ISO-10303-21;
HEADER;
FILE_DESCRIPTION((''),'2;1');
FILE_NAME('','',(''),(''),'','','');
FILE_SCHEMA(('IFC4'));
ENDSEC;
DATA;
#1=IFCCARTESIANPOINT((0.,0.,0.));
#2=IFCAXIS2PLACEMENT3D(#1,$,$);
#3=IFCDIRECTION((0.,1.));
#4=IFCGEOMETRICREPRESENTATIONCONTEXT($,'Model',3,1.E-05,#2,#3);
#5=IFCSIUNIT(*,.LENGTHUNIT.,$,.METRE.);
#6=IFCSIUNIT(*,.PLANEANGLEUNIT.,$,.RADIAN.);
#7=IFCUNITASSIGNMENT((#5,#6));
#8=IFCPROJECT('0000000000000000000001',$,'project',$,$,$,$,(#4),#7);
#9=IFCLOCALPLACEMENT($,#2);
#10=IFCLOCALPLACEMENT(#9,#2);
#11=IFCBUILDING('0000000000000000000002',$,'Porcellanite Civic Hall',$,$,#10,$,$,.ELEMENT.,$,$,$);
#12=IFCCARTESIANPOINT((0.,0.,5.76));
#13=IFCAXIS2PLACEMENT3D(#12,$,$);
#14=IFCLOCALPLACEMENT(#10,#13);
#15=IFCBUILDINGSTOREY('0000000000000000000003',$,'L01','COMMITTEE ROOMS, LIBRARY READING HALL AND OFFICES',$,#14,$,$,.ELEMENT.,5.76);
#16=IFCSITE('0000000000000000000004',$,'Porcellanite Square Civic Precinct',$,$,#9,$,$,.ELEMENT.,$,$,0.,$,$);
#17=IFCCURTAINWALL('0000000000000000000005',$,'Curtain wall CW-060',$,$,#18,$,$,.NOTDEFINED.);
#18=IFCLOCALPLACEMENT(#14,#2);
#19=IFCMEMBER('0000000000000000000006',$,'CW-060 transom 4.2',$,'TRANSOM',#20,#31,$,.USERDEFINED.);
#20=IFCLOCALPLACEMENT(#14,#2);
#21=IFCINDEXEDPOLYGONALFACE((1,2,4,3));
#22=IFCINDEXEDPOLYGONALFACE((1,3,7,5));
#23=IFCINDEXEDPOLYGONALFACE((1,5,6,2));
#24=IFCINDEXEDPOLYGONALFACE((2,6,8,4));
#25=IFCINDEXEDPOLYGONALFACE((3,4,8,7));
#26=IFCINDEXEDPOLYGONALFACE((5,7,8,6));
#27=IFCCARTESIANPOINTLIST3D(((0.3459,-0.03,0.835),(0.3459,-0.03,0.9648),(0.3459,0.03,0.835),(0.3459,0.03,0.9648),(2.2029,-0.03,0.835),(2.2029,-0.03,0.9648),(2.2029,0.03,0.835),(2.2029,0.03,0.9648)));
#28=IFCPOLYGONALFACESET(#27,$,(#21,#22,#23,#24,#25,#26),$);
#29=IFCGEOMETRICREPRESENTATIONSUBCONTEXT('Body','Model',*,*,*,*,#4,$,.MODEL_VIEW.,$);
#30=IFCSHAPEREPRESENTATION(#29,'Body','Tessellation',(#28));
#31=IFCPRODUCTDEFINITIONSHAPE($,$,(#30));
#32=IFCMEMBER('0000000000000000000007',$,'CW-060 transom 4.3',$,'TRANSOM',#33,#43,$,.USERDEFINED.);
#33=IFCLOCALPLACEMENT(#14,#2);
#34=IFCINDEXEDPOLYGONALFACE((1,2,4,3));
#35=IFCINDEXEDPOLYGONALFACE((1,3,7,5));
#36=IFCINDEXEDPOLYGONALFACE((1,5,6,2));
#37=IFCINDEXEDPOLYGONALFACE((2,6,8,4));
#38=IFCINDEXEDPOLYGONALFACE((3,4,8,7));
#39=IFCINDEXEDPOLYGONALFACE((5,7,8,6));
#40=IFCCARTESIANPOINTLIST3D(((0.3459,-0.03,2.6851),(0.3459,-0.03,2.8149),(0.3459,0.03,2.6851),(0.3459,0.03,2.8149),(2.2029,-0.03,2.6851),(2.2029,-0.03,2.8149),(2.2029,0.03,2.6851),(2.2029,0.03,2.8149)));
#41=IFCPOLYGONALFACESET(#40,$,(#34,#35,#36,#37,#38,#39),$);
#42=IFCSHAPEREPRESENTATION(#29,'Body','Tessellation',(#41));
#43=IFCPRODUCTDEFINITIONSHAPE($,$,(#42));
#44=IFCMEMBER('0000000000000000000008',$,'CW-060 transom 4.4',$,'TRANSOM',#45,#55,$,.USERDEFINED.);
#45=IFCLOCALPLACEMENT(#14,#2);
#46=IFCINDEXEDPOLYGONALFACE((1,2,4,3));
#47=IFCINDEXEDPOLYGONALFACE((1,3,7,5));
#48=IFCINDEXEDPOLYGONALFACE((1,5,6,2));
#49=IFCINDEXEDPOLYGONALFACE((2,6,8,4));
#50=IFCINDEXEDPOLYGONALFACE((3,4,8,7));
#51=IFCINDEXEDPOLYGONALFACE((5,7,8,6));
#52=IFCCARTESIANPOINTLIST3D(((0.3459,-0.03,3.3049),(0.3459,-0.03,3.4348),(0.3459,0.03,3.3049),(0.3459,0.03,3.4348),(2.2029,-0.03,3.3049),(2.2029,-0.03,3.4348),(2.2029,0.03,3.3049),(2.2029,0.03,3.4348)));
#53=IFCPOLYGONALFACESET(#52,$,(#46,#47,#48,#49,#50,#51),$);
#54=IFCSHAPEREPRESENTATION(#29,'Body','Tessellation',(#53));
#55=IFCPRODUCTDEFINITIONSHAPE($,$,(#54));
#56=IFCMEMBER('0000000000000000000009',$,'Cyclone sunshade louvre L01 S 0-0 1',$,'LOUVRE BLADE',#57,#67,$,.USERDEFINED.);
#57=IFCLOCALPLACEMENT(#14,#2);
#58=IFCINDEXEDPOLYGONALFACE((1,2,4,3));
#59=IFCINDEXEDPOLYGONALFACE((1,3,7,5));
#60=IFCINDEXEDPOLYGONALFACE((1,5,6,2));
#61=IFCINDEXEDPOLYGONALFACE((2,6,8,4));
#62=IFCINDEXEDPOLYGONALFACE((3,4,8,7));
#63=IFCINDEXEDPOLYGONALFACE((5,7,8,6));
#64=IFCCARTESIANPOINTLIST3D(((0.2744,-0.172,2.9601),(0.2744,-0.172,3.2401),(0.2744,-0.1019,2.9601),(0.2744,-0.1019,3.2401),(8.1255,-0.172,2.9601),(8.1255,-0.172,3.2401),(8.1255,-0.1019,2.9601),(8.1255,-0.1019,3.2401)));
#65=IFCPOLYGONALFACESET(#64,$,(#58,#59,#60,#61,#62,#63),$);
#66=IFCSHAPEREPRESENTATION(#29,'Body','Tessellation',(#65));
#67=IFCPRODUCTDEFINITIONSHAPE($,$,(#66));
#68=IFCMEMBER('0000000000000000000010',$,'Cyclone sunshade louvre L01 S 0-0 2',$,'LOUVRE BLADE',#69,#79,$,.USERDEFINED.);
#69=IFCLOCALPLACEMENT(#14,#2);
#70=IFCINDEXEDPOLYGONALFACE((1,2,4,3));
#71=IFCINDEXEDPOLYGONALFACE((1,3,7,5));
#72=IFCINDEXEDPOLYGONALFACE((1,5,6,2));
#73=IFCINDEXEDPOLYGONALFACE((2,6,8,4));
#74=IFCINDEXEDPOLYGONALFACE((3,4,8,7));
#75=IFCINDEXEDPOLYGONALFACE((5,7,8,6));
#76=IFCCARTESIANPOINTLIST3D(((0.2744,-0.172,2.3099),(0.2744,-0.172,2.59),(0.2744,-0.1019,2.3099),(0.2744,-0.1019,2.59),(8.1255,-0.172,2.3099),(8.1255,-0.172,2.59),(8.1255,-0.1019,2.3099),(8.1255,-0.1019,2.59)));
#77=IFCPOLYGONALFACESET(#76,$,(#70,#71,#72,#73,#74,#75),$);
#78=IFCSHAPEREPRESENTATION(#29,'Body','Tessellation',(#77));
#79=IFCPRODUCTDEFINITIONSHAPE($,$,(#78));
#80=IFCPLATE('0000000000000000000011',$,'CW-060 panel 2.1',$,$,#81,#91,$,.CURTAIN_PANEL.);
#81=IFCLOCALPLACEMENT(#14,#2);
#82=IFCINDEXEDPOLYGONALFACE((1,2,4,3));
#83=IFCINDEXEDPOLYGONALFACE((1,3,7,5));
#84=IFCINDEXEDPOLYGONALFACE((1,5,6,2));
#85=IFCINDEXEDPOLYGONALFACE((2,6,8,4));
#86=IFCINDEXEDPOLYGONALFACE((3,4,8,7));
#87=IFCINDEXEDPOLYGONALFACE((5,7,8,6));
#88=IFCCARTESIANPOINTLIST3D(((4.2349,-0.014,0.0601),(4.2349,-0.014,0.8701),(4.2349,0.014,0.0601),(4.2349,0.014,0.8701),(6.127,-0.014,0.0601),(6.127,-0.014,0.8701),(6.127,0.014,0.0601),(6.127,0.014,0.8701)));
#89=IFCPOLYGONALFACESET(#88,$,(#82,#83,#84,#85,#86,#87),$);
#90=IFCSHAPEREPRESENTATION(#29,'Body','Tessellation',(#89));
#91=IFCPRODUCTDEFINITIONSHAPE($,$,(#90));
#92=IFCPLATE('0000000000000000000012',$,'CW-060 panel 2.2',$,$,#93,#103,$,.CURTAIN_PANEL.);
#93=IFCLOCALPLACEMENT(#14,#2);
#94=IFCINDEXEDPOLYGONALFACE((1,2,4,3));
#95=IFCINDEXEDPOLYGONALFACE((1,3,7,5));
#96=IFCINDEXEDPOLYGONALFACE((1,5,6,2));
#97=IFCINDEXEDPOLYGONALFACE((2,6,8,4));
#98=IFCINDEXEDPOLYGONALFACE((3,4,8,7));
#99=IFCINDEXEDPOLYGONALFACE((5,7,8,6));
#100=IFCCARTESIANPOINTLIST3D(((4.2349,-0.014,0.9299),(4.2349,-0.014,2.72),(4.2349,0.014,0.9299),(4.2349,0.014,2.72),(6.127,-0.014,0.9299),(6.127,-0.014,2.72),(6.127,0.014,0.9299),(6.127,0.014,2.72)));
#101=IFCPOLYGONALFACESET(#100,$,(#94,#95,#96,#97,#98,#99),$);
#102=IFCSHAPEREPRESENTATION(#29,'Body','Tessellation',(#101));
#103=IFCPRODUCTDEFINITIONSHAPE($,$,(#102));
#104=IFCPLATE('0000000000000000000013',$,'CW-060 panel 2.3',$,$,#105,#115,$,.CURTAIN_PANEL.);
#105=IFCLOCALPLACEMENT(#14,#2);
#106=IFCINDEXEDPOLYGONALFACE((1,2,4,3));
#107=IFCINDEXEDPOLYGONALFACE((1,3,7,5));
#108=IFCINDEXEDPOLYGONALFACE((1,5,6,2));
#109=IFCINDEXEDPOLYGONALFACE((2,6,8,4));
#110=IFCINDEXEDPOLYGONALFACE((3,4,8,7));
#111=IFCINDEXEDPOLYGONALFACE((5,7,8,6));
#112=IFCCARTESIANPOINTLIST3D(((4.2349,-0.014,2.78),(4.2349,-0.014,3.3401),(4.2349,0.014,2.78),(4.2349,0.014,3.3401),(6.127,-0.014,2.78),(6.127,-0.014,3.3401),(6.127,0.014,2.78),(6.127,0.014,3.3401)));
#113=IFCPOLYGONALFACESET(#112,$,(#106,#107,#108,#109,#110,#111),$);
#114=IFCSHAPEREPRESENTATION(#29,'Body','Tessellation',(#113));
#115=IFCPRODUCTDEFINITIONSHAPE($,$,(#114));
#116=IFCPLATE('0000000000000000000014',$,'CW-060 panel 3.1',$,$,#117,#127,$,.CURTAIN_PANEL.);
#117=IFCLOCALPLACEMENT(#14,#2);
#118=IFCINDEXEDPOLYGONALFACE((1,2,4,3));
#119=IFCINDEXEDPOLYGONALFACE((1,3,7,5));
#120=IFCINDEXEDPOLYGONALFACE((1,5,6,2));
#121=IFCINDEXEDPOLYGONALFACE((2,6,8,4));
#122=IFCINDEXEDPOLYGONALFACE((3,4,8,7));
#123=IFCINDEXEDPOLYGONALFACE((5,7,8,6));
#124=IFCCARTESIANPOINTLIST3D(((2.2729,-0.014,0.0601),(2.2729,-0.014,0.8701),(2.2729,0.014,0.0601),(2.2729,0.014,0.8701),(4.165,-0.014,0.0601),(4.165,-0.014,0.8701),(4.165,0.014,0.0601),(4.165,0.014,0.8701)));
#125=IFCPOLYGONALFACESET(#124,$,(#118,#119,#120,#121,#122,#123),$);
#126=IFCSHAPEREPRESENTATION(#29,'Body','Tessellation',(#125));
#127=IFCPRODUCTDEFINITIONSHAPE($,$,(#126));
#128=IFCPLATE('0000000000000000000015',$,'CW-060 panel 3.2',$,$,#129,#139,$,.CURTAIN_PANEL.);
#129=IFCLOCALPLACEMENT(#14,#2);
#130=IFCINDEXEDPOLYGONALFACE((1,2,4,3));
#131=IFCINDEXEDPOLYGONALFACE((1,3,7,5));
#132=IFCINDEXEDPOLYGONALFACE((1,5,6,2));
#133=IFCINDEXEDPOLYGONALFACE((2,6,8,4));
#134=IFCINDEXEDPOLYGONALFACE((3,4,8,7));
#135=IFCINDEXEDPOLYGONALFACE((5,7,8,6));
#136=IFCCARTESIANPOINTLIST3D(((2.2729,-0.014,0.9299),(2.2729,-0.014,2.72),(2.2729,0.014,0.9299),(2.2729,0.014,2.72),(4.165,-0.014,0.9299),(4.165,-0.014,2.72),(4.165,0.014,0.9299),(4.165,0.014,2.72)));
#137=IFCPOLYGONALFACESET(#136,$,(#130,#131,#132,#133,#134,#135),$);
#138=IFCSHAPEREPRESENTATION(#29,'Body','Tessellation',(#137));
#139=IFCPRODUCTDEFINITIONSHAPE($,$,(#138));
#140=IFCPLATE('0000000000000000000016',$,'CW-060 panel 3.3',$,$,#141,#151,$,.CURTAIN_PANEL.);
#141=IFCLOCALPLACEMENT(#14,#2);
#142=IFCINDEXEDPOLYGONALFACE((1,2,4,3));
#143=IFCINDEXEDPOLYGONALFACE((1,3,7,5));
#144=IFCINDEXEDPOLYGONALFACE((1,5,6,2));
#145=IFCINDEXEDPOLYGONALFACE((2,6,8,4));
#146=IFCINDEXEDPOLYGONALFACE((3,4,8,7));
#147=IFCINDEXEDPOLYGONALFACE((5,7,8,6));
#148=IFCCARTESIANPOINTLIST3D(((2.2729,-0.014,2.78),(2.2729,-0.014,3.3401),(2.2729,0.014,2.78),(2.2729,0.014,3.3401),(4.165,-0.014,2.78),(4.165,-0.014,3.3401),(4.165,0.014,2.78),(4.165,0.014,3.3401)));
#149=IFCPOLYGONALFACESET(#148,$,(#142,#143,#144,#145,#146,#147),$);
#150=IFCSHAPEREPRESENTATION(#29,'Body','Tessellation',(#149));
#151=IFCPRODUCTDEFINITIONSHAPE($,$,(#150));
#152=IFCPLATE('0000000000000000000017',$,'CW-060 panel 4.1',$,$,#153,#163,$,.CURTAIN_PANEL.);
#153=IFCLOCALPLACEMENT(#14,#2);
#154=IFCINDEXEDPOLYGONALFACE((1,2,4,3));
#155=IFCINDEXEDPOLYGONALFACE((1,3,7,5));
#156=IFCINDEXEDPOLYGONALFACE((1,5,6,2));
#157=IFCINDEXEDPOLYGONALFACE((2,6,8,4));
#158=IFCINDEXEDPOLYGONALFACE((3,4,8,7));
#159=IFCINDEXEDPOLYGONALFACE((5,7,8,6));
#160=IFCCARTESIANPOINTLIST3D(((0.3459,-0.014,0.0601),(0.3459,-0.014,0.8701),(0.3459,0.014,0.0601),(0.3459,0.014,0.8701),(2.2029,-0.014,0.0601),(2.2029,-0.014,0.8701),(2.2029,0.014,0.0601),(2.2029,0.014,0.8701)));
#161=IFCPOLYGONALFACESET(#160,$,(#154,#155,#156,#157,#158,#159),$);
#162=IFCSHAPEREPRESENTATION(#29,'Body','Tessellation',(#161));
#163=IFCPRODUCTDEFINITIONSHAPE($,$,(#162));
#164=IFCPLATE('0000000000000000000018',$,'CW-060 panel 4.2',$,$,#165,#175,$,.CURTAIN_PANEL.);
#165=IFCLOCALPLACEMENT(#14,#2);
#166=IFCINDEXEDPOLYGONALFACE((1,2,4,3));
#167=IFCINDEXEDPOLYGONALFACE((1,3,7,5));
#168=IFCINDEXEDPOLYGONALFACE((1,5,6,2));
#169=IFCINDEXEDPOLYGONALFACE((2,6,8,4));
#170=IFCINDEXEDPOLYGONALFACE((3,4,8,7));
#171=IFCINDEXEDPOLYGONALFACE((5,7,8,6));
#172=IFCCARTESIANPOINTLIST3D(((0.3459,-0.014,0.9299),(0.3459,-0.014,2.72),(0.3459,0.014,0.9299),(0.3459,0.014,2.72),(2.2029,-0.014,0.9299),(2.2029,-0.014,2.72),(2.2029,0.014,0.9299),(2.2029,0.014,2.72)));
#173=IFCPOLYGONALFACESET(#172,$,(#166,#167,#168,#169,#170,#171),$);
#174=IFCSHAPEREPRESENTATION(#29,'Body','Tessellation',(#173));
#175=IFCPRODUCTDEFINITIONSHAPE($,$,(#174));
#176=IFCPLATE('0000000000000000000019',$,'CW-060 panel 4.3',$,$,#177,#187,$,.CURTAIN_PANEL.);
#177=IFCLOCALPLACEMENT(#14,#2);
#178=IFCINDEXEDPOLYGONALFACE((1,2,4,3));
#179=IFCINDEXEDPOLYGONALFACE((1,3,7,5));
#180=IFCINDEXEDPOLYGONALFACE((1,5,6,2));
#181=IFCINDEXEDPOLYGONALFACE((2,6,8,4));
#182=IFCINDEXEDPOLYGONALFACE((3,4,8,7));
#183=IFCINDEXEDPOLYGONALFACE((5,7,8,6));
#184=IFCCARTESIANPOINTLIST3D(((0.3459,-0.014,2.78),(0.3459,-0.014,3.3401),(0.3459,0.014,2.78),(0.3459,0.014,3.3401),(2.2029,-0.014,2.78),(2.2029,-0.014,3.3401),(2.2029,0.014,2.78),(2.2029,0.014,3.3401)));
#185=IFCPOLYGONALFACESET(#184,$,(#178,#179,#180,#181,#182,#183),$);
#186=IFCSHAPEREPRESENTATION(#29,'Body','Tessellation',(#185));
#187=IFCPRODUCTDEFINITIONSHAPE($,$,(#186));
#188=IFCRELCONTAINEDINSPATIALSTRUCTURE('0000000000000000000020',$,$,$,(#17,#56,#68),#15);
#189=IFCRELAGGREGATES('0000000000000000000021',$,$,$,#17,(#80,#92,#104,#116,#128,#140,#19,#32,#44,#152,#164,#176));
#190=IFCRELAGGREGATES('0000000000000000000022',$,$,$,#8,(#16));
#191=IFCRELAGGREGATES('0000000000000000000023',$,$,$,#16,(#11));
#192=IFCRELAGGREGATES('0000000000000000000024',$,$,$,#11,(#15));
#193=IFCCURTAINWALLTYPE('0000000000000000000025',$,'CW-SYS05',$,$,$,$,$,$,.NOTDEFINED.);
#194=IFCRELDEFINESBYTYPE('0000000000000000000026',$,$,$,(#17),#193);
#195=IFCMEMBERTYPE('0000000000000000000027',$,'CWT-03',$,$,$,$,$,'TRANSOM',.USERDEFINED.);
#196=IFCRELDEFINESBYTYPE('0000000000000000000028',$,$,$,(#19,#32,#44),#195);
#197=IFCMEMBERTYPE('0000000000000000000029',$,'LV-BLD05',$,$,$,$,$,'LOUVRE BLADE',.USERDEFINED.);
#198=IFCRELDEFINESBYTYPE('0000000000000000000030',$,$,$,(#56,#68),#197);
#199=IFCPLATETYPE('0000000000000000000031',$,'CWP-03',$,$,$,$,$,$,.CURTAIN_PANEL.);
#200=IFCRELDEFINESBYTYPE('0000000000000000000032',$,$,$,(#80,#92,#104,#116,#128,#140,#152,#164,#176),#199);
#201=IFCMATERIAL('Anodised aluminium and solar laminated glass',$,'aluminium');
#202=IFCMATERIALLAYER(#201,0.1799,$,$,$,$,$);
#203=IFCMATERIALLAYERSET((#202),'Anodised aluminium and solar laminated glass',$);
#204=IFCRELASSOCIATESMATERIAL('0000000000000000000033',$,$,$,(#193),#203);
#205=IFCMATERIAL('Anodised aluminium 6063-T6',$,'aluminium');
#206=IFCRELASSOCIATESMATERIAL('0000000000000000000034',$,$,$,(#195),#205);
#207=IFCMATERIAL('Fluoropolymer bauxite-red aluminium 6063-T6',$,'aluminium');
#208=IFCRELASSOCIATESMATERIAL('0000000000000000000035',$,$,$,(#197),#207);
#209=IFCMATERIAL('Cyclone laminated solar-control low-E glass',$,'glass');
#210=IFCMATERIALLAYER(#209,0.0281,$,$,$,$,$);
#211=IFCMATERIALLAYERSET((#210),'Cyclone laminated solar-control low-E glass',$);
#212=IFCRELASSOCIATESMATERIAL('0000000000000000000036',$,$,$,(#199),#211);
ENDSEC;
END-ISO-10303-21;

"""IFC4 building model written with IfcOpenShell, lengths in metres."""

from ifc_helpers import new_model, si_unit, direction, frame, origin, origin_2d, place, context, subcontext, project, spatial, rectangle, extrude, material, layer, layer_set, material_profile, profile_set, type_object, element, aggregate, save


model = new_model("IFC4")

# Units and contexts
model_context = context("Model", 3, precision=1e-05, world=origin(), true_north=direction((0.0, 1.0)))
body_context = subcontext(model_context, "Body", "Model", "MODEL_VIEW")
ifc_project = project(units=[si_unit("LENGTHUNIT", "METRE"), si_unit("PLANEANGLEUNIT", "RADIAN")], contexts=[model_context])

# Site, building, storey
site_placement = place(None, origin())
site = spatial("IfcSite", under=ifc_project, at=site_placement, Name="Porcellanite Square Civic Precinct", CompositionType="ELEMENT", RefElevation=0.0)
building_placement = place(site_placement, origin())
building = spatial("IfcBuilding", under=site, at=building_placement, Name="Porcellanite Civic Hall", CompositionType="ELEMENT")
storey_placement = place(building_placement, frame((0.0, 0.0, 5.76)))
storey = spatial("IfcBuildingStorey", under=building, at=storey_placement, Name="L01", Description="COMMITTEE ROOMS, LIBRARY READING HALL AND OFFICES", CompositionType="ELEMENT", Elevation=5.76)

# Curtain wall, members
ifc_material_1 = material(Name="Anodised aluminium and solar laminated glass", Category="aluminium")
ifc_layer_1 = layer(ifc_material_1, 0.1799)
ifc_layer_set_1 = layer_set([ifc_layer_1], Name="Anodised aluminium and solar laminated glass")
curtain_wall_type = type_object("IfcCurtainWallType", Name="CW-SYS05", PredefinedType="NOTDEFINED", material=ifc_layer_set_1)
curtain_wall_placement = place(storey_placement, origin())
curtain_wall = element("IfcCurtainWall", 1, at=curtain_wall_placement, inside=storey, type_object=curtain_wall_type, Name="Curtain wall CW-060", PredefinedType="NOTDEFINED")
ifc_material_2 = material(Name="Anodised aluminium 6063-T6", Category="aluminium")
ifc_material_profile_1 = material_profile(ifc_material_2, rectangle(XDim=0.0601, YDim=0.1299, at=origin_2d()), Name="AL-60x130")
ifc_profile_set_1 = profile_set([ifc_material_profile_1], Name="Anodised aluminium 6063-T6")
member_type_1 = type_object("IfcMemberType", Name="CWT-03", ElementType="TRANSOM", PredefinedType="USERDEFINED", material=ifc_profile_set_1)
member_1_placement = place(storey_placement, frame((2.2029, 0.0, 0.8999), z_axis=(-1.0, 0.0, 0.0), x_axis=(0.0, -1.0, 0.0)))
member_1 = element("IfcMember", 2, at=member_1_placement, type_object=member_type_1, Name="CW-060 transom 4.2", ObjectType="TRANSOM", PredefinedType="USERDEFINED", context=body_context, shape_type="SweptSolid", body=[
    extrude(rectangle(XDim=0.0601, YDim=0.1299, at=origin_2d()), origin(), (0.0, 0.0, 1.0), 1.8569),
])
member_2_placement = place(storey_placement, frame((2.2029, 0.0, 2.75), z_axis=(-1.0, 0.0, 0.0), x_axis=(0.0, -1.0, 0.0)))
member_2 = element("IfcMember", 3, at=member_2_placement, type_object=member_type_1, Name="CW-060 transom 4.3", ObjectType="TRANSOM", PredefinedType="USERDEFINED", context=body_context, shape_type="SweptSolid", body=[
    extrude(rectangle(XDim=0.0601, YDim=0.1299, at=origin_2d()), origin(), (0.0, 0.0, 1.0), 1.8569),
])
member_3_placement = place(storey_placement, frame((2.2029, 0.0, 3.3699), z_axis=(-1.0, 0.0, 0.0), x_axis=(0.0, -1.0, 0.0)))
member_3 = element("IfcMember", 4, at=member_3_placement, type_object=member_type_1, Name="CW-060 transom 4.4", ObjectType="TRANSOM", PredefinedType="USERDEFINED", context=body_context, shape_type="SweptSolid", body=[
    extrude(rectangle(XDim=0.0601, YDim=0.1299, at=origin_2d()), origin(), (0.0, 0.0, 1.0), 1.8569),
])

# Members
ifc_material_3 = material(Name="Fluoropolymer bauxite-red aluminium 6063-T6", Category="aluminium")
ifc_material_profile_2 = material_profile(ifc_material_3, rectangle(XDim=0.0701, YDim=0.28, at=origin_2d()), Name="AL-70x280")
ifc_profile_set_2 = profile_set([ifc_material_profile_2], Name="Fluoropolymer bauxite-red aluminium 6063-T6")
member_type_2 = type_object("IfcMemberType", Name="LV-BLD05", ElementType="LOUVRE BLADE", PredefinedType="USERDEFINED", material=ifc_profile_set_2)
for number, where, z_axis, x_axis, name in (
    (5, (8.1255, -0.137, 3.1001), (-1.0, 0.0, 0.0), (0.0, -1.0, 0.0), "Cyclone sunshade louvre L01 S 0-0 1"),
    (6, (8.1255, -0.137, 2.45), (-1.0, 0.0, 0.0), (0.0, -1.0, 0.0), "Cyclone sunshade louvre L01 S 0-0 2"),
):
    element("IfcMember", number, at=place(storey_placement, frame(where, z_axis=z_axis, x_axis=x_axis)), inside=storey, type_object=member_type_2, Name=name, ObjectType="LOUVRE BLADE", PredefinedType="USERDEFINED", context=body_context, shape_type="SweptSolid", body=[
        extrude(rectangle(XDim=0.0701, YDim=0.28, at=origin_2d()), origin(), (0.0, 0.0, 1.0), 7.8511),
    ])

# Plates
ifc_material_4 = material(Name="Cyclone laminated solar-control low-E glass", Category="glass")
ifc_layer_2 = layer(ifc_material_4, 0.0281)
ifc_layer_set_2 = layer_set([ifc_layer_2], Name="Cyclone laminated solar-control low-E glass")
plate_type = type_object("IfcPlateType", Name="CWP-03", PredefinedType="CURTAIN_PANEL", material=ifc_layer_set_2)
plate_1_placement = place(storey_placement, frame((5.1809, 0.0, 0.0601), z_axis=(0.0, 0.0, 1.0), x_axis=(-1.0, 0.0, 0.0)))
plate_1 = element("IfcPlate", 7, at=plate_1_placement, type_object=plate_type, Name="CW-060 panel 2.1", PredefinedType="CURTAIN_PANEL", context=body_context, shape_type="SweptSolid", body=[
    extrude(rectangle(XDim=1.8921, YDim=0.0281, at=origin_2d()), origin(), (0.0, 0.0, 1.0), 0.8101),
])
plate_2_placement = place(storey_placement, frame((5.1809, 0.0, 0.9299), z_axis=(0.0, 0.0, 1.0), x_axis=(-1.0, 0.0, 0.0)))
plate_2 = element("IfcPlate", 8, at=plate_2_placement, type_object=plate_type, Name="CW-060 panel 2.2", PredefinedType="CURTAIN_PANEL", context=body_context, shape_type="SweptSolid", body=[
    extrude(rectangle(XDim=1.8921, YDim=0.0281, at=origin_2d()), origin(), (0.0, 0.0, 1.0), 1.79),
])
plate_3_placement = place(storey_placement, frame((5.1809, 0.0, 2.78), z_axis=(0.0, 0.0, 1.0), x_axis=(-1.0, 0.0, 0.0)))
plate_3 = element("IfcPlate", 9, at=plate_3_placement, type_object=plate_type, Name="CW-060 panel 2.3", PredefinedType="CURTAIN_PANEL", context=body_context, shape_type="SweptSolid", body=[
    extrude(rectangle(XDim=1.8921, YDim=0.0281, at=origin_2d()), origin(), (0.0, 0.0, 1.0), 0.5601),
])
plate_4_placement = place(storey_placement, frame((3.219, 0.0, 0.0601), z_axis=(0.0, 0.0, 1.0), x_axis=(-1.0, 0.0, 0.0)))
plate_4 = element("IfcPlate", 10, at=plate_4_placement, type_object=plate_type, Name="CW-060 panel 3.1", PredefinedType="CURTAIN_PANEL", context=body_context, shape_type="SweptSolid", body=[
    extrude(rectangle(XDim=1.8921, YDim=0.0281, at=origin_2d()), origin(), (0.0, 0.0, 1.0), 0.8101),
])
plate_5_placement = place(storey_placement, frame((3.219, 0.0, 0.9299), z_axis=(0.0, 0.0, 1.0), x_axis=(-1.0, 0.0, 0.0)))
plate_5 = element("IfcPlate", 11, at=plate_5_placement, type_object=plate_type, Name="CW-060 panel 3.2", PredefinedType="CURTAIN_PANEL", context=body_context, shape_type="SweptSolid", body=[
    extrude(rectangle(XDim=1.8921, YDim=0.0281, at=origin_2d()), origin(), (0.0, 0.0, 1.0), 1.79),
])
plate_6_placement = place(storey_placement, frame((3.219, 0.0, 2.78), z_axis=(0.0, 0.0, 1.0), x_axis=(-1.0, 0.0, 0.0)))
plate_6 = element("IfcPlate", 12, at=plate_6_placement, type_object=plate_type, Name="CW-060 panel 3.3", PredefinedType="CURTAIN_PANEL", context=body_context, shape_type="SweptSolid", body=[
    extrude(rectangle(XDim=1.8921, YDim=0.0281, at=origin_2d()), origin(), (0.0, 0.0, 1.0), 0.5601),
])
plate_7_placement = place(storey_placement, frame((1.2744, 0.0, 0.0601), z_axis=(0.0, 0.0, 1.0), x_axis=(-1.0, 0.0, 0.0)))
plate_7 = element("IfcPlate", 13, at=plate_7_placement, type_object=plate_type, Name="CW-060 panel 4.1", PredefinedType="CURTAIN_PANEL", context=body_context, shape_type="SweptSolid", body=[
    extrude(rectangle(XDim=1.8569, YDim=0.0281, at=origin_2d()), origin(), (0.0, 0.0, 1.0), 0.8101),
])
plate_8_placement = place(storey_placement, frame((1.2744, 0.0, 0.9299), z_axis=(0.0, 0.0, 1.0), x_axis=(-1.0, 0.0, 0.0)))
plate_8 = element("IfcPlate", 14, at=plate_8_placement, type_object=plate_type, Name="CW-060 panel 4.2", PredefinedType="CURTAIN_PANEL", context=body_context, shape_type="SweptSolid", body=[
    extrude(rectangle(XDim=1.8569, YDim=0.0281, at=origin_2d()), origin(), (0.0, 0.0, 1.0), 1.79),
])
plate_9_placement = place(storey_placement, frame((1.2744, 0.0, 2.78), z_axis=(0.0, 0.0, 1.0), x_axis=(-1.0, 0.0, 0.0)))
plate_9 = element("IfcPlate", 15, at=plate_9_placement, type_object=plate_type, Name="CW-060 panel 4.3", PredefinedType="CURTAIN_PANEL", context=body_context, shape_type="SweptSolid", body=[
    extrude(rectangle(XDim=1.8569, YDim=0.0281, at=origin_2d()), origin(), (0.0, 0.0, 1.0), 0.5601),
])
aggregate(curtain_wall, [plate_1, plate_2, plate_3, plate_4, plate_5, plate_6, member_1, member_2, member_3, plate_7, plate_8, plate_9])

save(model, "model.ifc")
